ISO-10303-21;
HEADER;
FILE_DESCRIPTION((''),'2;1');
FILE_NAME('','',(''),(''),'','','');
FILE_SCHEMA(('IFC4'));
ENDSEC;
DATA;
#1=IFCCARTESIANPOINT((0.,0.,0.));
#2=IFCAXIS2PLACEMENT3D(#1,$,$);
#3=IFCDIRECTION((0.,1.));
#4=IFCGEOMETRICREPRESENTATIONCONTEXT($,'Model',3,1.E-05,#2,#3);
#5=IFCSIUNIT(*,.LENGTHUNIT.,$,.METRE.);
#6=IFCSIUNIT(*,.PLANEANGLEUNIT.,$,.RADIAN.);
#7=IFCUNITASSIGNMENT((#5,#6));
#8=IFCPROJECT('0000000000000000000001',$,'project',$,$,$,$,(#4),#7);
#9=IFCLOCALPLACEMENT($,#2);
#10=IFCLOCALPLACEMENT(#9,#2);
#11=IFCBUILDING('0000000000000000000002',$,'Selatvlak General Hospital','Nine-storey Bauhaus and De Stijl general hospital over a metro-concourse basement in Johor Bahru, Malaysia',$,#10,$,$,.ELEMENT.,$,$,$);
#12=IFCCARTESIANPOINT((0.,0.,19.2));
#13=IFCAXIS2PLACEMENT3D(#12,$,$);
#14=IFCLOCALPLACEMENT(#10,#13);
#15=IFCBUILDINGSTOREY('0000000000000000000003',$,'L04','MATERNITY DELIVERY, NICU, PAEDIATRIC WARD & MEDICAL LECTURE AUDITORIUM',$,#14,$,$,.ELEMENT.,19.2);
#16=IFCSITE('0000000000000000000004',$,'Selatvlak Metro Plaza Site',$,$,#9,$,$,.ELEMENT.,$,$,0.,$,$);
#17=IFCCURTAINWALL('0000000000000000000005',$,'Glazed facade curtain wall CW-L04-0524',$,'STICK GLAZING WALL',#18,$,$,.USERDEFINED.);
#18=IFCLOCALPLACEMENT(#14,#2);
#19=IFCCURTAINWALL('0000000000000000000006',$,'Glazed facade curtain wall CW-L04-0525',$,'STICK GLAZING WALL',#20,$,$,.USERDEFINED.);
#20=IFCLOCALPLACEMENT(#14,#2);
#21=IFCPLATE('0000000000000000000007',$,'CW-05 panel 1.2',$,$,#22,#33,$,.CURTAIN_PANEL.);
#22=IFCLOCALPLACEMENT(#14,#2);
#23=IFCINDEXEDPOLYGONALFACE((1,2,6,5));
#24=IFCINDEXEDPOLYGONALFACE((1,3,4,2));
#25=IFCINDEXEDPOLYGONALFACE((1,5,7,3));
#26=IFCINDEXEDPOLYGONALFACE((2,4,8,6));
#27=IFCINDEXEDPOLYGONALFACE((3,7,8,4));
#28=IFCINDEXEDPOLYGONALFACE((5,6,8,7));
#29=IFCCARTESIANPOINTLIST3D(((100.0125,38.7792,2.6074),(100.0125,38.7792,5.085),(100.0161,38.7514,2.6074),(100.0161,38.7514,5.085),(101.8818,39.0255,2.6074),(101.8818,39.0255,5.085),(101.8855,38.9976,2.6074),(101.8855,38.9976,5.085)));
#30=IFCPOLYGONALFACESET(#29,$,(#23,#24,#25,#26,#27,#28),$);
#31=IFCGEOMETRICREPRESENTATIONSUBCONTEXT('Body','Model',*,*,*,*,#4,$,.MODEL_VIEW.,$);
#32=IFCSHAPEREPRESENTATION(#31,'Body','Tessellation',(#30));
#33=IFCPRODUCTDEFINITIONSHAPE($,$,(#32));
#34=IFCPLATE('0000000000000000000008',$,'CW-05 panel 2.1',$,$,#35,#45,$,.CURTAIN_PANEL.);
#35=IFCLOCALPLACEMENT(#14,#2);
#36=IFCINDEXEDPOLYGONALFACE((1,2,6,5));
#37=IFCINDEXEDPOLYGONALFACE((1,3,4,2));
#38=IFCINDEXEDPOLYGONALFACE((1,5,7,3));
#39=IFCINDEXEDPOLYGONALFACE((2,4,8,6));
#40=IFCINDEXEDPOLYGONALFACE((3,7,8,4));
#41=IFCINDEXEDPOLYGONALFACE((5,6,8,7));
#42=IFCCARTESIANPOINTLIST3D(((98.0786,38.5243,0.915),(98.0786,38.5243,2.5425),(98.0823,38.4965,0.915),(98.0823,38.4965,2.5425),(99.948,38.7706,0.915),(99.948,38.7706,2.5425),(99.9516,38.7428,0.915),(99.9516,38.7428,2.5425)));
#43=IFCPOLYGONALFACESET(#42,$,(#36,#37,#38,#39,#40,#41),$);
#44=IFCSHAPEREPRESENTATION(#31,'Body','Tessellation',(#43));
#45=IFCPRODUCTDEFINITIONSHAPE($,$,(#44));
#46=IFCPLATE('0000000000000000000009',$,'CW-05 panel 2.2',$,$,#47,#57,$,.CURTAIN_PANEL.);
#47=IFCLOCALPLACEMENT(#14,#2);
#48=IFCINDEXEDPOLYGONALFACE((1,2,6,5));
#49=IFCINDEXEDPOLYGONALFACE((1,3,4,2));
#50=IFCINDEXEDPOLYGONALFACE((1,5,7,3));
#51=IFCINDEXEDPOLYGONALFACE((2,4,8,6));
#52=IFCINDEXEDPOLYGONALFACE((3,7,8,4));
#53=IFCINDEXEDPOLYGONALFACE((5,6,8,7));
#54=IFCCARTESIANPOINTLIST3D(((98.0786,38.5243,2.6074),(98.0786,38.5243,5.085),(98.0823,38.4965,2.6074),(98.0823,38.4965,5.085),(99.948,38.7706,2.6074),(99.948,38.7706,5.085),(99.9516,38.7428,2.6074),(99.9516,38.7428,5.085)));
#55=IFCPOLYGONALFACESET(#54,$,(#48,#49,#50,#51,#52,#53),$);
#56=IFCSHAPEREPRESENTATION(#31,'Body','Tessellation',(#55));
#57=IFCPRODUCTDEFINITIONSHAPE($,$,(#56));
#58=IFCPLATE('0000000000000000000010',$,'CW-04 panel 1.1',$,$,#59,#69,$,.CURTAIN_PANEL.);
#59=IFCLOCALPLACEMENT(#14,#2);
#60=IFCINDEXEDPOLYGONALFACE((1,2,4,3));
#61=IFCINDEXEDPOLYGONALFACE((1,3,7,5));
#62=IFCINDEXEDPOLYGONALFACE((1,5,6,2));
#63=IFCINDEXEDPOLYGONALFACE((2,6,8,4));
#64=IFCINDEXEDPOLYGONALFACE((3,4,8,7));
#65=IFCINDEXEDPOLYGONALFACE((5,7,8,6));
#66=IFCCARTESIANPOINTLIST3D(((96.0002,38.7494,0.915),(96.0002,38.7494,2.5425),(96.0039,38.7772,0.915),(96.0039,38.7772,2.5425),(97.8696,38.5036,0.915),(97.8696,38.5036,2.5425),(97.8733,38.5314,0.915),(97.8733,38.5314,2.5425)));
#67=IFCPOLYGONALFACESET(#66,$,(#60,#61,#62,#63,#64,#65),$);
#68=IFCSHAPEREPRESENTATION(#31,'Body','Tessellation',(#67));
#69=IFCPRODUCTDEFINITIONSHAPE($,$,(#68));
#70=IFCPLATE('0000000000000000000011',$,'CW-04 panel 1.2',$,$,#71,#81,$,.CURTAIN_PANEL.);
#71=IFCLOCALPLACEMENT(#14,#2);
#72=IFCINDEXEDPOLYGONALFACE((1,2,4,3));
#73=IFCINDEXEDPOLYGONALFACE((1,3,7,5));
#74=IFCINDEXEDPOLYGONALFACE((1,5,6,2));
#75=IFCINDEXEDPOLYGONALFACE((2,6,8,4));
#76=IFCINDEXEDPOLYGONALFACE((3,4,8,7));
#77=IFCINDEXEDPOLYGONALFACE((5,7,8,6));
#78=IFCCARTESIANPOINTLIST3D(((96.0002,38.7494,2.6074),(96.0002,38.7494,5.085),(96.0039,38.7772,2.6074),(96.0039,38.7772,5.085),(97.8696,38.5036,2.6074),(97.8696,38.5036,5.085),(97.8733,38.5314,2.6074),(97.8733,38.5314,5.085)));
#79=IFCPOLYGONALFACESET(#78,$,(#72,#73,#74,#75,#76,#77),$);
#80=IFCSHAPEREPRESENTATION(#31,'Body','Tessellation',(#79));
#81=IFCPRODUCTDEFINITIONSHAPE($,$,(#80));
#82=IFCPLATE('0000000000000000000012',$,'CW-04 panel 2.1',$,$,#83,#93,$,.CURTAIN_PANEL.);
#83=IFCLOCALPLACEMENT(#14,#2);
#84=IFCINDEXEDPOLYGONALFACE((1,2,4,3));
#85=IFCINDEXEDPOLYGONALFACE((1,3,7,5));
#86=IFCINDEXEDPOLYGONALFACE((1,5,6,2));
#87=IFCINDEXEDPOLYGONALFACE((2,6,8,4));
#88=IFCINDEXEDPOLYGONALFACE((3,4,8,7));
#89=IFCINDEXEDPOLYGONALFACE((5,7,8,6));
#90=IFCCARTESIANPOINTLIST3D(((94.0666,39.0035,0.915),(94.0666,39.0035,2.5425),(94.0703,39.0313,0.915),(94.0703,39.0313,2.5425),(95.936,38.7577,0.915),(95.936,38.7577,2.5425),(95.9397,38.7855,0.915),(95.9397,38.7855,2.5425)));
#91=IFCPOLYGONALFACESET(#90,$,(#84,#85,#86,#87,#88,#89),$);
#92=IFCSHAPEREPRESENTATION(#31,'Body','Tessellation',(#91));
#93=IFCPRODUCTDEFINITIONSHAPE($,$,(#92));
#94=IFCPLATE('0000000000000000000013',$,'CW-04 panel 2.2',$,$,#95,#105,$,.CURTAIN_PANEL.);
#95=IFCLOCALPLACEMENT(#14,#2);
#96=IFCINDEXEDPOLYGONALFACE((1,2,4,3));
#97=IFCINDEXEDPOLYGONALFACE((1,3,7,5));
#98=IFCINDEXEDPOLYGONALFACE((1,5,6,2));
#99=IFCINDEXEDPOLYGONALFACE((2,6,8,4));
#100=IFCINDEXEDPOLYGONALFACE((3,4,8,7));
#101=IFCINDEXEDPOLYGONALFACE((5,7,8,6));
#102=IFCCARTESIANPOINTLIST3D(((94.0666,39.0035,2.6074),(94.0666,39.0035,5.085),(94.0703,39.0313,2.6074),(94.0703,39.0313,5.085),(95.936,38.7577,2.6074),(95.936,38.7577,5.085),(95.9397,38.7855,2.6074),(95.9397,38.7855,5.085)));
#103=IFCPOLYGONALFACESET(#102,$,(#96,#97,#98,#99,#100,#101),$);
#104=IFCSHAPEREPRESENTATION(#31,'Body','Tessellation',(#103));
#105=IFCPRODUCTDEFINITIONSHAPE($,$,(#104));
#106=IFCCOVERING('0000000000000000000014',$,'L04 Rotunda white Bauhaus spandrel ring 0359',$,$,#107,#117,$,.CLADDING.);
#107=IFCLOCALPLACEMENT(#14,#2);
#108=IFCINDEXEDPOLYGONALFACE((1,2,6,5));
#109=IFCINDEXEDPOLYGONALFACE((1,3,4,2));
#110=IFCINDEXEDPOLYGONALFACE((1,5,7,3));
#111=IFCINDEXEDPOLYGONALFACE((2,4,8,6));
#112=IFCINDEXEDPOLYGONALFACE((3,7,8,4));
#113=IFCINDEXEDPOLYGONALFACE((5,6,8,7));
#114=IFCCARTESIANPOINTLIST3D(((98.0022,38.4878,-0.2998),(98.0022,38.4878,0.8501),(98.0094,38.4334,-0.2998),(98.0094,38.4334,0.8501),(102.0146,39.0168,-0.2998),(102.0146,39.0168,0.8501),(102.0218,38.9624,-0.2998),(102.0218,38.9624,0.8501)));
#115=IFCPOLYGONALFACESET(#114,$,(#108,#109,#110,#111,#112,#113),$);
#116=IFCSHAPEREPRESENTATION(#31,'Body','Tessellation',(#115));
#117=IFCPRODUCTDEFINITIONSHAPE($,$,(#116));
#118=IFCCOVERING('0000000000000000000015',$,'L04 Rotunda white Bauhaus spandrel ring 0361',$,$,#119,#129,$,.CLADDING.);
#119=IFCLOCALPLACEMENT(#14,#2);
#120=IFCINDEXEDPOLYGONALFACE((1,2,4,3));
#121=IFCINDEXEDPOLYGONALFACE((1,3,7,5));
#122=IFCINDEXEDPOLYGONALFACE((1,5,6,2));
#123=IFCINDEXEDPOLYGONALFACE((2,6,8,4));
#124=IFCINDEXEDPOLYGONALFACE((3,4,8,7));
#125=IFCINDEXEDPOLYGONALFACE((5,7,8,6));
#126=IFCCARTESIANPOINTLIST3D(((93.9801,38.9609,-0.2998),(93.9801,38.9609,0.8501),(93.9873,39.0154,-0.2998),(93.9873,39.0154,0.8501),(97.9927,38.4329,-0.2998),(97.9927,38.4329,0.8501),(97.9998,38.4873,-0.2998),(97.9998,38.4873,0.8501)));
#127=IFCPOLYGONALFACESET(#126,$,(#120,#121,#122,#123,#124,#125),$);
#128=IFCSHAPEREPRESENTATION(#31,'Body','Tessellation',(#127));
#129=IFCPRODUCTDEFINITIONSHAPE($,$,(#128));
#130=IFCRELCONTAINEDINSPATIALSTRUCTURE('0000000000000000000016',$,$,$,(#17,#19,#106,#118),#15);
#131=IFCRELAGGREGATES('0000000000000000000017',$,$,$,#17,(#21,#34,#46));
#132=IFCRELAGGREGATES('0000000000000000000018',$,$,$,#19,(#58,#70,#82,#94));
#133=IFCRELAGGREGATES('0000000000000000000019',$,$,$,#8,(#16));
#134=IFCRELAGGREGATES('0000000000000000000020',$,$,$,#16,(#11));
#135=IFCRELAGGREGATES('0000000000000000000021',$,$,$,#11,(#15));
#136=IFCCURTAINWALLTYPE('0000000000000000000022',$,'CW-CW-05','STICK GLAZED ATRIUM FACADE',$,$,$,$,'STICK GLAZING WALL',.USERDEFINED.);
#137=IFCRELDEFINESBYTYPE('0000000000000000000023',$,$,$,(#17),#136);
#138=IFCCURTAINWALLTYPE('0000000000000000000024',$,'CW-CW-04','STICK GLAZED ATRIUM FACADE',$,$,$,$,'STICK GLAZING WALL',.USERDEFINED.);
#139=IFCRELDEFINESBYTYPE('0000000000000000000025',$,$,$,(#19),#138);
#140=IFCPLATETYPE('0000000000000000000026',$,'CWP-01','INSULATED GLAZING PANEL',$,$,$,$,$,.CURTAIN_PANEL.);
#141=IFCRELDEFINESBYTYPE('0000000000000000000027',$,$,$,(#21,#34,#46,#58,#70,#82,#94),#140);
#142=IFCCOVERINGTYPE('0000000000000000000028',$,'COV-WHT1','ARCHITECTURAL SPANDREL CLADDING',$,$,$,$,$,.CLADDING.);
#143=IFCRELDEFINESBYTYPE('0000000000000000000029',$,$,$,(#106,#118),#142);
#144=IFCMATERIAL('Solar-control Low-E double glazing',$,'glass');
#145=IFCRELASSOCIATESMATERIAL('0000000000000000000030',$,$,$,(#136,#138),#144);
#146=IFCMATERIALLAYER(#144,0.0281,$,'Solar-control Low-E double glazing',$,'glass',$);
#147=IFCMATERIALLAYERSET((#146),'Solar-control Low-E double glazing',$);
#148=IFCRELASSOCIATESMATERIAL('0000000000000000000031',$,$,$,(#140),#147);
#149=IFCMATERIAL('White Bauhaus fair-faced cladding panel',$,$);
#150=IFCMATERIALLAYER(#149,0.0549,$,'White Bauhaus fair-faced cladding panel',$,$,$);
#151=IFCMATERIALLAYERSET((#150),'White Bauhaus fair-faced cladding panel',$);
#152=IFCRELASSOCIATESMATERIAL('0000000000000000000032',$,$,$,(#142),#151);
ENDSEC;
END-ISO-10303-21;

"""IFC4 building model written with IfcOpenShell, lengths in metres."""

from ifc_helpers import new_model, si_unit, direction, frame, origin, origin_2d, place, context, subcontext, project, spatial, rectangle, extrude, material, layer, layer_set, type_object, element, aggregate, save


model = new_model("IFC4")

# Units and contexts
model_context = context("Model", 3, precision=1e-05, world=origin(), true_north=direction((0.0, 1.0)))
body_context = subcontext(model_context, "Body", "Model", "MODEL_VIEW")
ifc_project = project(units=[si_unit("LENGTHUNIT", "METRE"), si_unit("PLANEANGLEUNIT", "RADIAN")], contexts=[model_context])

# Site, building, storey
site_placement = place(None, origin())
site = spatial("IfcSite", under=ifc_project, at=site_placement, Name="Selatvlak Metro Plaza Site", CompositionType="ELEMENT", RefElevation=0.0)
building_placement = place(site_placement, origin())
building = spatial("IfcBuilding", under=site, at=building_placement, Name="Selatvlak General Hospital", Description="Nine-storey Bauhaus and De Stijl general hospital over a metro-concourse basement in Johor Bahru, Malaysia", CompositionType="ELEMENT")
storey_placement = place(building_placement, frame((0.0, 0.0, 19.2)))
storey = spatial("IfcBuildingStorey", under=building, at=storey_placement, Name="L04", Description="MATERNITY DELIVERY, NICU, PAEDIATRIC WARD & MEDICAL LECTURE AUDITORIUM", CompositionType="ELEMENT", Elevation=19.2)

# Curtain walls
ifc_material_1 = material(Name="Solar-control Low-E double glazing", Category="glass")
curtain_wall_type_1 = type_object("IfcCurtainWallType", Name="CW-CW-05", Description="STICK GLAZED ATRIUM FACADE", ElementType="STICK GLAZING WALL", PredefinedType="USERDEFINED", material=ifc_material_1)
curtain_wall_1_placement = place(storey_placement, origin())
curtain_wall_1 = element("IfcCurtainWall", 1, at=curtain_wall_1_placement, inside=storey, type_object=curtain_wall_type_1, Name="Glazed facade curtain wall CW-L04-0524", ObjectType="STICK GLAZING WALL", PredefinedType="USERDEFINED")
curtain_wall_type_2 = type_object("IfcCurtainWallType", Name="CW-CW-04", Description="STICK GLAZED ATRIUM FACADE", ElementType="STICK GLAZING WALL", PredefinedType="USERDEFINED", material=ifc_material_1)
curtain_wall_2_placement = place(storey_placement, origin())
curtain_wall_2 = element("IfcCurtainWall", 2, at=curtain_wall_2_placement, inside=storey, type_object=curtain_wall_type_2, Name="Glazed facade curtain wall CW-L04-0525", ObjectType="STICK GLAZING WALL", PredefinedType="USERDEFINED")

# Plates
ifc_layer_1 = layer(ifc_material_1, 0.0281, Name="Solar-control Low-E double glazing", Category="glass")
ifc_layer_set_1 = layer_set([ifc_layer_1], Name="Solar-control Low-E double glazing")
plate_type = type_object("IfcPlateType", Name="CWP-01", Description="INSULATED GLAZING PANEL", PredefinedType="CURTAIN_PANEL", material=ifc_layer_set_1)
plate_1_placement = place(storey_placement, frame((100.949, 38.8884, 2.6074), z_axis=(0.0, 0.0, 1.0), x_axis=(-0.991434, -0.130611, 0.0)))
plate_1 = element("IfcPlate", 3, at=plate_1_placement, type_object=plate_type, Name="CW-05 panel 1.2", PredefinedType="CURTAIN_PANEL", context=body_context, shape_type="SweptSolid", body=[
    extrude(rectangle(XDim=1.8855, YDim=0.0281, at=origin_2d()), origin(), (0.0, 0.0, 1.0), 2.4775),
])
plate_2_placement = place(storey_placement, frame((99.0151, 38.6335, 0.915), z_axis=(0.0, 0.0, 1.0), x_axis=(-0.991434, -0.130611, 0.0)))
plate_2 = element("IfcPlate", 4, at=plate_2_placement, type_object=plate_type, Name="CW-05 panel 2.1", PredefinedType="CURTAIN_PANEL", context=body_context, shape_type="SweptSolid", body=[
    extrude(rectangle(XDim=1.8855, YDim=0.0281, at=origin_2d()), origin(), (0.0, 0.0, 1.0), 1.6274),
])
plate_3_placement = place(storey_placement, frame((99.0151, 38.6335, 2.6074), z_axis=(0.0, 0.0, 1.0), x_axis=(-0.991434, -0.130611, 0.0)))
plate_3 = element("IfcPlate", 5, at=plate_3_placement, type_object=plate_type, Name="CW-05 panel 2.2", PredefinedType="CURTAIN_PANEL", context=body_context, shape_type="SweptSolid", body=[
    extrude(rectangle(XDim=1.8855, YDim=0.0281, at=origin_2d()), origin(), (0.0, 0.0, 1.0), 2.4775),
])
aggregate(curtain_wall_1, [plate_1, plate_2, plate_3])
plate_4_placement = place(storey_placement, frame((96.9368, 38.6404, 0.915), z_axis=(0.0, 0.0, 1.0), x_axis=(-0.991466, 0.130363, 0.0)))
plate_4 = element("IfcPlate", 6, at=plate_4_placement, type_object=plate_type, Name="CW-04 panel 1.1", PredefinedType="CURTAIN_PANEL", context=body_context, shape_type="SweptSolid", body=[
    extrude(rectangle(XDim=1.8855, YDim=0.0281, at=origin_2d()), origin(), (0.0, 0.0, 1.0), 1.6274),
])
plate_5_placement = place(storey_placement, frame((96.9368, 38.6404, 2.6074), z_axis=(0.0, 0.0, 1.0), x_axis=(-0.991466, 0.130363, 0.0)))
plate_5 = element("IfcPlate", 7, at=plate_5_placement, type_object=plate_type, Name="CW-04 panel 1.2", PredefinedType="CURTAIN_PANEL", context=body_context, shape_type="SweptSolid", body=[
    extrude(rectangle(XDim=1.8855, YDim=0.0281, at=origin_2d()), origin(), (0.0, 0.0, 1.0), 2.4775),
])
plate_6_placement = place(storey_placement, frame((95.0032, 38.8945, 0.915), z_axis=(0.0, 0.0, 1.0), x_axis=(-0.991466, 0.130363, 0.0)))
plate_6 = element("IfcPlate", 8, at=plate_6_placement, type_object=plate_type, Name="CW-04 panel 2.1", PredefinedType="CURTAIN_PANEL", context=body_context, shape_type="SweptSolid", body=[
    extrude(rectangle(XDim=1.8855, YDim=0.0281, at=origin_2d()), origin(), (0.0, 0.0, 1.0), 1.6274),
])
plate_7_placement = place(storey_placement, frame((95.0032, 38.8945, 2.6074), z_axis=(0.0, 0.0, 1.0), x_axis=(-0.991466, 0.130363, 0.0)))
plate_7 = element("IfcPlate", 9, at=plate_7_placement, type_object=plate_type, Name="CW-04 panel 2.2", PredefinedType="CURTAIN_PANEL", context=body_context, shape_type="SweptSolid", body=[
    extrude(rectangle(XDim=1.8855, YDim=0.0281, at=origin_2d()), origin(), (0.0, 0.0, 1.0), 2.4775),
])
aggregate(curtain_wall_2, [plate_4, plate_5, plate_6, plate_7])

# Coverings
ifc_material_2 = material(Name="White Bauhaus fair-faced cladding panel")
ifc_layer_2 = layer(ifc_material_2, 0.0549, Name="White Bauhaus fair-faced cladding panel")
ifc_layer_set_2 = layer_set([ifc_layer_2], Name="White Bauhaus fair-faced cladding panel")
covering_type = type_object("IfcCoveringType", Name="COV-WHT1", Description="ARCHITECTURAL SPANDREL CLADDING", PredefinedType="CLADDING", material=ifc_layer_set_2)
for number, where, z_axis, x_axis, name in (
    (10, (100.012, 38.7251, -0.2998), (0.0, 0.0, 1.0), (-0.99142, -0.130717, 0.0), "L04 Rotunda white Bauhaus spandrel ring 0359"),
    (11, (95.99, 38.7241, -0.2998), (0.0, 0.0, 1.0), (-0.991452, 0.130474, 0.0), "L04 Rotunda white Bauhaus spandrel ring 0361"),
):
    element("IfcCovering", number, at=place(storey_placement, frame(where, z_axis=z_axis, x_axis=x_axis)), inside=storey, type_object=covering_type, Name=name, PredefinedType="CLADDING", context=body_context, shape_type="SweptSolid", body=[
        extrude(rectangle(XDim=4.0471, YDim=0.0549, at=origin_2d()), origin(), (0.0, 0.0, 1.0), 1.1499),
    ])

save(model, "model.ifc")
